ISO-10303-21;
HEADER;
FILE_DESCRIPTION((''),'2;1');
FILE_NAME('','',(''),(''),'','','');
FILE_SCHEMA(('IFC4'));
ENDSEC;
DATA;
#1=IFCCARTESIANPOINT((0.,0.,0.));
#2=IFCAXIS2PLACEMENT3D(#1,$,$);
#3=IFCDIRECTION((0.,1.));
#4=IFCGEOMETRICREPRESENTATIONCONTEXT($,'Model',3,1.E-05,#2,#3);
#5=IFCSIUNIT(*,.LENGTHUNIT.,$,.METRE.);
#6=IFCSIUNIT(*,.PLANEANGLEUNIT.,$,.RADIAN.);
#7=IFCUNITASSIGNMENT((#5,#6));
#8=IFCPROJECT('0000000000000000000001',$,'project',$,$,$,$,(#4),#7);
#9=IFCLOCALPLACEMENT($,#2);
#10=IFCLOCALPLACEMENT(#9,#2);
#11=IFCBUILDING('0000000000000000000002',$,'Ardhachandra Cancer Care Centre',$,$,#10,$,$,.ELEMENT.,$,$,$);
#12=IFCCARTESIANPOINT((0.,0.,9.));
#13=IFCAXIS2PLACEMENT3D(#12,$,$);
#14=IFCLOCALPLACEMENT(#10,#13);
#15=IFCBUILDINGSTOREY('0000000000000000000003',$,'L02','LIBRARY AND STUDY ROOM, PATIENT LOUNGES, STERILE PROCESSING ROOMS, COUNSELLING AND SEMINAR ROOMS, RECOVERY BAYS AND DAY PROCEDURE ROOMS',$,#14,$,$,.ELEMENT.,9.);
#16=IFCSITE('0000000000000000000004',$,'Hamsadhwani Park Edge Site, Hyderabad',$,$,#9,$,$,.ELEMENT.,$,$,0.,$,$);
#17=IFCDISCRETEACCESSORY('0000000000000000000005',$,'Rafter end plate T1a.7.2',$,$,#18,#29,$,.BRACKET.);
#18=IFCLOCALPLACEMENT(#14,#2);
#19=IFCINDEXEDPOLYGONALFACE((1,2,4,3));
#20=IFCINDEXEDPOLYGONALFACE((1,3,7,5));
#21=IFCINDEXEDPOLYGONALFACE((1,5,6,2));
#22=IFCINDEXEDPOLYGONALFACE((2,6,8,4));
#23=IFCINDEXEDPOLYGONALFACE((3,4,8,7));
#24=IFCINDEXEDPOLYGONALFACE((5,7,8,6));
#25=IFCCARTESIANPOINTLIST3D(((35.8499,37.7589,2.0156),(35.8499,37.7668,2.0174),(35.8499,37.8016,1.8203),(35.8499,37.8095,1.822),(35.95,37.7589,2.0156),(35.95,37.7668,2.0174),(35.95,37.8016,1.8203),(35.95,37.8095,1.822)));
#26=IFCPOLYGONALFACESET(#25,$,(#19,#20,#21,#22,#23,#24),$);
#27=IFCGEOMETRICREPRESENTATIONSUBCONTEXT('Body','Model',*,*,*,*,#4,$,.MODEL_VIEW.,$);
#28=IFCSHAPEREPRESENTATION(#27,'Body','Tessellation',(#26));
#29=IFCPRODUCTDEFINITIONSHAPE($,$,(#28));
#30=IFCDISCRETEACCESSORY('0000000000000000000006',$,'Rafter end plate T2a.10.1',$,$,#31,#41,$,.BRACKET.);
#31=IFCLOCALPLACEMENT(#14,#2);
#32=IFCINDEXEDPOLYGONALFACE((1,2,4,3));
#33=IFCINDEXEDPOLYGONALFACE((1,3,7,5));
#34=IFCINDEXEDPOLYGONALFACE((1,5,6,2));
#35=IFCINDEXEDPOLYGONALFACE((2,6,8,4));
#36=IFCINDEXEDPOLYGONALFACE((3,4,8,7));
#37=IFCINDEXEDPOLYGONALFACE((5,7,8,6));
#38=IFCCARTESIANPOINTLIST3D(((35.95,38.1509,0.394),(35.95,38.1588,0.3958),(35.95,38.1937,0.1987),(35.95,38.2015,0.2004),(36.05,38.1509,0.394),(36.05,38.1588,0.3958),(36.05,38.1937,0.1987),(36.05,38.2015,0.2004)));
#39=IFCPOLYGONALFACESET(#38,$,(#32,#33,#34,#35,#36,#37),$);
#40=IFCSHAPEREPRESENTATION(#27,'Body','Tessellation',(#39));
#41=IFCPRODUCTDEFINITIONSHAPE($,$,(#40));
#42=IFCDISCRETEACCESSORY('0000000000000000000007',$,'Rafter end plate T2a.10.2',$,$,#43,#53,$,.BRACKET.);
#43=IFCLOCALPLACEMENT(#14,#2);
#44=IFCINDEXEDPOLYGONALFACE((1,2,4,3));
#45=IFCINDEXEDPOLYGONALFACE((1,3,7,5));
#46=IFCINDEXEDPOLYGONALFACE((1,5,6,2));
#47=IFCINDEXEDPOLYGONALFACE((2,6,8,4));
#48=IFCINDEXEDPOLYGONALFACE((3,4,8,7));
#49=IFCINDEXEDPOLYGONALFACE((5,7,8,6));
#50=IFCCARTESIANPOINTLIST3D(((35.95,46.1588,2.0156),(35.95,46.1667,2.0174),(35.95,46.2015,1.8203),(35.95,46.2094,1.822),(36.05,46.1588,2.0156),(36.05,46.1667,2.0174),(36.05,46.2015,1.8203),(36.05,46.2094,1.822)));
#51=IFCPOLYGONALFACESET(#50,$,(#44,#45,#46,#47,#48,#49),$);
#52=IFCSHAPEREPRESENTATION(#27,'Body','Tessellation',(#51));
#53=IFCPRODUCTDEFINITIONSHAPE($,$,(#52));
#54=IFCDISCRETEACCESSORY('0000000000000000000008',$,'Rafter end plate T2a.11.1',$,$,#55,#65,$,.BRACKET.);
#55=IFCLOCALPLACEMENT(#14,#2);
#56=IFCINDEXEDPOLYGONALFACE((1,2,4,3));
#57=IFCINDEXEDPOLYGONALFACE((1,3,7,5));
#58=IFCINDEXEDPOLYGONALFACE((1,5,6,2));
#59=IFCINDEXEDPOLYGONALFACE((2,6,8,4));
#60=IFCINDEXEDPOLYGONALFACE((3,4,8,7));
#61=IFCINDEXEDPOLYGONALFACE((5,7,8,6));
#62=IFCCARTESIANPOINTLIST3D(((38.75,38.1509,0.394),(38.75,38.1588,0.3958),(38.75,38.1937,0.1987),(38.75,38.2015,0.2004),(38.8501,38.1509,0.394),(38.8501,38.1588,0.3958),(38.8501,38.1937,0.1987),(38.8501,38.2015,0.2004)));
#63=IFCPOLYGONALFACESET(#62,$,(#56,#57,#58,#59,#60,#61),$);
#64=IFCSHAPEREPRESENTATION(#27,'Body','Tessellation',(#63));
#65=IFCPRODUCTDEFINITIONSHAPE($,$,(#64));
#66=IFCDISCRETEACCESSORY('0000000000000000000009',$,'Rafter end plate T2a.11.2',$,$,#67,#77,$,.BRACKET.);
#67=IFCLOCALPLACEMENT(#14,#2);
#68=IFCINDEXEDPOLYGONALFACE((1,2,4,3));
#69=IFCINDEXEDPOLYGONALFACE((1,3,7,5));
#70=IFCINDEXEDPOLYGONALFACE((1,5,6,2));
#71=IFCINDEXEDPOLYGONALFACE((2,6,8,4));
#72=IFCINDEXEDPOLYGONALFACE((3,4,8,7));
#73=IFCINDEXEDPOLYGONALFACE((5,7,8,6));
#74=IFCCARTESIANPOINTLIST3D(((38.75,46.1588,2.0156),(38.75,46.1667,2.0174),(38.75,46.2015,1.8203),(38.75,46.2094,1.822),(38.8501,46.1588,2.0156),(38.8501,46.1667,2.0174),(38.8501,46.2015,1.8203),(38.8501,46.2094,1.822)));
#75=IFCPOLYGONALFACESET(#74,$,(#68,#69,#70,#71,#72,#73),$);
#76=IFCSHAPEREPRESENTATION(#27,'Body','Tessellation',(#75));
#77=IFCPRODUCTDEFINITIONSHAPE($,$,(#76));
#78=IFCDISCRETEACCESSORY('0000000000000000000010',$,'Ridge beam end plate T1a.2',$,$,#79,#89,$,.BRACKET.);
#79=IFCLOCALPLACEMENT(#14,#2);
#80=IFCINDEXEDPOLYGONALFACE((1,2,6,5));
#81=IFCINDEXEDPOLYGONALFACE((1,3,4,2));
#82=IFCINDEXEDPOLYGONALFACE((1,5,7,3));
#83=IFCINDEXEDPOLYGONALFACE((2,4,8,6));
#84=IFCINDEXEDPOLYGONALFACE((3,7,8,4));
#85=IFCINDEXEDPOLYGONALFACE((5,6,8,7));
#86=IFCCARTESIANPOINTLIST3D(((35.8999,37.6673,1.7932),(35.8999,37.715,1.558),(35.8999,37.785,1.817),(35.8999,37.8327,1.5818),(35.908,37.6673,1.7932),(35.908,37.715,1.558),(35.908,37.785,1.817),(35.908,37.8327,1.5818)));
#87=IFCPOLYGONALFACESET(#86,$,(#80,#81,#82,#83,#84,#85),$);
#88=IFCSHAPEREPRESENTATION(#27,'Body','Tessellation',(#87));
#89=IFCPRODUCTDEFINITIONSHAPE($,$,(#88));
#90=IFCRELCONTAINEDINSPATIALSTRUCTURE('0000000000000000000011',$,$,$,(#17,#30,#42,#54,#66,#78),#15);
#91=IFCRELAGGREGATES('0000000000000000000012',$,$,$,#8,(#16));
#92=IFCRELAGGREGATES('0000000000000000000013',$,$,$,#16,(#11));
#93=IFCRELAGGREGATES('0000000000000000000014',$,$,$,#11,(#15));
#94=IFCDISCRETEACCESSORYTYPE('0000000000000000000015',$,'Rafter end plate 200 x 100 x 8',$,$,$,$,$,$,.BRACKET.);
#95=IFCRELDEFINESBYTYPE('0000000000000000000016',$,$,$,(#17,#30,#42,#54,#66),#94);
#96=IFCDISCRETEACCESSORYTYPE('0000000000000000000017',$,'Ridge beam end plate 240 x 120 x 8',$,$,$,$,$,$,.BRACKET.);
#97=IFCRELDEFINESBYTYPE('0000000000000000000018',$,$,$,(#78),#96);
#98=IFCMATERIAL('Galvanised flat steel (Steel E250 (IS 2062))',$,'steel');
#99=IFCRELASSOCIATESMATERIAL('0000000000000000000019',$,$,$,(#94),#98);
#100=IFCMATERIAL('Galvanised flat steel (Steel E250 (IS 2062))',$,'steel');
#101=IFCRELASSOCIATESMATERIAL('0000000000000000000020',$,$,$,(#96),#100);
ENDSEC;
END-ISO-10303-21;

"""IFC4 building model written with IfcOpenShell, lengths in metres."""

from ifc_helpers import new_model, si_unit, direction, frame, origin, origin_2d, place, context, subcontext, project, spatial, rectangle, extrude, material, material_profile, profile_set, type_object, element, save


model = new_model("IFC4")

# Units and contexts
model_context = context("Model", 3, precision=1e-05, world=origin(), true_north=direction((0.0, 1.0)))
body_context = subcontext(model_context, "Body", "Model", "MODEL_VIEW")
ifc_project = project(units=[si_unit("LENGTHUNIT", "METRE"), si_unit("PLANEANGLEUNIT", "RADIAN")], contexts=[model_context])

# Site, building, storey
site_placement = place(None, origin())
site = spatial("IfcSite", under=ifc_project, at=site_placement, Name="Hamsadhwani Park Edge Site, Hyderabad", CompositionType="ELEMENT", RefElevation=0.0)
building_placement = place(site_placement, origin())
building = spatial("IfcBuilding", under=site, at=building_placement, Name="Ardhachandra Cancer Care Centre", CompositionType="ELEMENT")
storey_placement = place(building_placement, frame((0.0, 0.0, 9.0)))
storey = spatial("IfcBuildingStorey", under=building, at=storey_placement, Name="L02", Description="LIBRARY AND STUDY ROOM, PATIENT LOUNGES, STERILE PROCESSING ROOMS, COUNSELLING AND SEMINAR ROOMS, RECOVERY BAYS AND DAY PROCEDURE ROOMS", CompositionType="ELEMENT", Elevation=9.0)

# Discrete accessories
ifc_material_1 = material(Name="Galvanised flat steel (Steel E250 (IS 2062))", Category="steel")
ifc_material_profile_1 = material_profile(ifc_material_1, rectangle(XDim=0.1001, YDim=0.2, at=origin_2d()), Name="Rafter end plate 200 x 100 x 8")
ifc_profile_set_1 = profile_set([ifc_material_profile_1], Name="Galvanised flat steel (Steel E250 (IS 2062))")
discrete_accessory_type_1 = type_object("IfcDiscreteAccessoryType", Name="Rafter end plate 200 x 100 x 8", PredefinedType="BRACKET", material=ifc_profile_set_1)
for number, where, z_axis, x_axis, name in (
    (1, (35.8999, 37.7803, 1.918), (0.0, 0.9769, 0.213697), (-1.0, 0.0, 0.0), "Rafter end plate T1a.7.2"),
    (2, (36.0, 38.1802, 0.2981), (0.0, -0.9769, -0.213697), (1.0, 0.0, 0.0), "Rafter end plate T2a.10.1"),
    (3, (36.0, 46.1802, 1.918), (0.0, 0.9769, 0.213697), (-1.0, 0.0, 0.0), "Rafter end plate T2a.10.2"),
    (4, (38.8, 38.1802, 0.2981), (0.0, -0.9769, -0.213697), (1.0, 0.0, 0.0), "Rafter end plate T2a.11.1"),
    (5, (38.8, 46.1802, 1.918), (0.0, 0.9769, 0.213697), (-1.0, 0.0, 0.0), "Rafter end plate T2a.11.2"),
):
    element("IfcDiscreteAccessory", number, at=place(storey_placement, frame(where, z_axis=z_axis, x_axis=x_axis)), inside=storey, type_object=discrete_accessory_type_1, Name=name, PredefinedType="BRACKET", context=body_context, shape_type="SweptSolid", body=[
        extrude(rectangle(XDim=0.1001, YDim=0.2, at=origin_2d()), origin(), (0.0, 0.0, 1.0), 0.0081),
    ])
ifc_material_2 = material(Name="Galvanised flat steel (Steel E250 (IS 2062))", Category="steel")
ifc_material_profile_2 = material_profile(ifc_material_2, rectangle(XDim=0.1201, YDim=0.24, at=origin_2d()), Name="Ridge beam end plate 240 x 120 x 8")
ifc_profile_set_2 = profile_set([ifc_material_profile_2], Name="Galvanised flat steel (Steel E250 (IS 2062))")
discrete_accessory_type_2 = type_object("IfcDiscreteAccessoryType", Name="Ridge beam end plate 240 x 120 x 8", PredefinedType="BRACKET", material=ifc_profile_set_2)
discrete_accessory_1_placement = place(storey_placement, frame((35.8999, 37.75, 1.6875), z_axis=(1.0, 0.0, 0.0), x_axis=(0.0, 0.980107, 0.198472)))
element("IfcDiscreteAccessory", 6, at=discrete_accessory_1_placement, inside=storey, type_object=discrete_accessory_type_2, Name="Ridge beam end plate T1a.2", PredefinedType="BRACKET", context=body_context, shape_type="SweptSolid", body=[
    extrude(rectangle(XDim=0.1201, YDim=0.24, at=origin_2d()), origin(), (0.0, 0.0, 1.0), 0.0081),
])

save(model, "model.ifc")
